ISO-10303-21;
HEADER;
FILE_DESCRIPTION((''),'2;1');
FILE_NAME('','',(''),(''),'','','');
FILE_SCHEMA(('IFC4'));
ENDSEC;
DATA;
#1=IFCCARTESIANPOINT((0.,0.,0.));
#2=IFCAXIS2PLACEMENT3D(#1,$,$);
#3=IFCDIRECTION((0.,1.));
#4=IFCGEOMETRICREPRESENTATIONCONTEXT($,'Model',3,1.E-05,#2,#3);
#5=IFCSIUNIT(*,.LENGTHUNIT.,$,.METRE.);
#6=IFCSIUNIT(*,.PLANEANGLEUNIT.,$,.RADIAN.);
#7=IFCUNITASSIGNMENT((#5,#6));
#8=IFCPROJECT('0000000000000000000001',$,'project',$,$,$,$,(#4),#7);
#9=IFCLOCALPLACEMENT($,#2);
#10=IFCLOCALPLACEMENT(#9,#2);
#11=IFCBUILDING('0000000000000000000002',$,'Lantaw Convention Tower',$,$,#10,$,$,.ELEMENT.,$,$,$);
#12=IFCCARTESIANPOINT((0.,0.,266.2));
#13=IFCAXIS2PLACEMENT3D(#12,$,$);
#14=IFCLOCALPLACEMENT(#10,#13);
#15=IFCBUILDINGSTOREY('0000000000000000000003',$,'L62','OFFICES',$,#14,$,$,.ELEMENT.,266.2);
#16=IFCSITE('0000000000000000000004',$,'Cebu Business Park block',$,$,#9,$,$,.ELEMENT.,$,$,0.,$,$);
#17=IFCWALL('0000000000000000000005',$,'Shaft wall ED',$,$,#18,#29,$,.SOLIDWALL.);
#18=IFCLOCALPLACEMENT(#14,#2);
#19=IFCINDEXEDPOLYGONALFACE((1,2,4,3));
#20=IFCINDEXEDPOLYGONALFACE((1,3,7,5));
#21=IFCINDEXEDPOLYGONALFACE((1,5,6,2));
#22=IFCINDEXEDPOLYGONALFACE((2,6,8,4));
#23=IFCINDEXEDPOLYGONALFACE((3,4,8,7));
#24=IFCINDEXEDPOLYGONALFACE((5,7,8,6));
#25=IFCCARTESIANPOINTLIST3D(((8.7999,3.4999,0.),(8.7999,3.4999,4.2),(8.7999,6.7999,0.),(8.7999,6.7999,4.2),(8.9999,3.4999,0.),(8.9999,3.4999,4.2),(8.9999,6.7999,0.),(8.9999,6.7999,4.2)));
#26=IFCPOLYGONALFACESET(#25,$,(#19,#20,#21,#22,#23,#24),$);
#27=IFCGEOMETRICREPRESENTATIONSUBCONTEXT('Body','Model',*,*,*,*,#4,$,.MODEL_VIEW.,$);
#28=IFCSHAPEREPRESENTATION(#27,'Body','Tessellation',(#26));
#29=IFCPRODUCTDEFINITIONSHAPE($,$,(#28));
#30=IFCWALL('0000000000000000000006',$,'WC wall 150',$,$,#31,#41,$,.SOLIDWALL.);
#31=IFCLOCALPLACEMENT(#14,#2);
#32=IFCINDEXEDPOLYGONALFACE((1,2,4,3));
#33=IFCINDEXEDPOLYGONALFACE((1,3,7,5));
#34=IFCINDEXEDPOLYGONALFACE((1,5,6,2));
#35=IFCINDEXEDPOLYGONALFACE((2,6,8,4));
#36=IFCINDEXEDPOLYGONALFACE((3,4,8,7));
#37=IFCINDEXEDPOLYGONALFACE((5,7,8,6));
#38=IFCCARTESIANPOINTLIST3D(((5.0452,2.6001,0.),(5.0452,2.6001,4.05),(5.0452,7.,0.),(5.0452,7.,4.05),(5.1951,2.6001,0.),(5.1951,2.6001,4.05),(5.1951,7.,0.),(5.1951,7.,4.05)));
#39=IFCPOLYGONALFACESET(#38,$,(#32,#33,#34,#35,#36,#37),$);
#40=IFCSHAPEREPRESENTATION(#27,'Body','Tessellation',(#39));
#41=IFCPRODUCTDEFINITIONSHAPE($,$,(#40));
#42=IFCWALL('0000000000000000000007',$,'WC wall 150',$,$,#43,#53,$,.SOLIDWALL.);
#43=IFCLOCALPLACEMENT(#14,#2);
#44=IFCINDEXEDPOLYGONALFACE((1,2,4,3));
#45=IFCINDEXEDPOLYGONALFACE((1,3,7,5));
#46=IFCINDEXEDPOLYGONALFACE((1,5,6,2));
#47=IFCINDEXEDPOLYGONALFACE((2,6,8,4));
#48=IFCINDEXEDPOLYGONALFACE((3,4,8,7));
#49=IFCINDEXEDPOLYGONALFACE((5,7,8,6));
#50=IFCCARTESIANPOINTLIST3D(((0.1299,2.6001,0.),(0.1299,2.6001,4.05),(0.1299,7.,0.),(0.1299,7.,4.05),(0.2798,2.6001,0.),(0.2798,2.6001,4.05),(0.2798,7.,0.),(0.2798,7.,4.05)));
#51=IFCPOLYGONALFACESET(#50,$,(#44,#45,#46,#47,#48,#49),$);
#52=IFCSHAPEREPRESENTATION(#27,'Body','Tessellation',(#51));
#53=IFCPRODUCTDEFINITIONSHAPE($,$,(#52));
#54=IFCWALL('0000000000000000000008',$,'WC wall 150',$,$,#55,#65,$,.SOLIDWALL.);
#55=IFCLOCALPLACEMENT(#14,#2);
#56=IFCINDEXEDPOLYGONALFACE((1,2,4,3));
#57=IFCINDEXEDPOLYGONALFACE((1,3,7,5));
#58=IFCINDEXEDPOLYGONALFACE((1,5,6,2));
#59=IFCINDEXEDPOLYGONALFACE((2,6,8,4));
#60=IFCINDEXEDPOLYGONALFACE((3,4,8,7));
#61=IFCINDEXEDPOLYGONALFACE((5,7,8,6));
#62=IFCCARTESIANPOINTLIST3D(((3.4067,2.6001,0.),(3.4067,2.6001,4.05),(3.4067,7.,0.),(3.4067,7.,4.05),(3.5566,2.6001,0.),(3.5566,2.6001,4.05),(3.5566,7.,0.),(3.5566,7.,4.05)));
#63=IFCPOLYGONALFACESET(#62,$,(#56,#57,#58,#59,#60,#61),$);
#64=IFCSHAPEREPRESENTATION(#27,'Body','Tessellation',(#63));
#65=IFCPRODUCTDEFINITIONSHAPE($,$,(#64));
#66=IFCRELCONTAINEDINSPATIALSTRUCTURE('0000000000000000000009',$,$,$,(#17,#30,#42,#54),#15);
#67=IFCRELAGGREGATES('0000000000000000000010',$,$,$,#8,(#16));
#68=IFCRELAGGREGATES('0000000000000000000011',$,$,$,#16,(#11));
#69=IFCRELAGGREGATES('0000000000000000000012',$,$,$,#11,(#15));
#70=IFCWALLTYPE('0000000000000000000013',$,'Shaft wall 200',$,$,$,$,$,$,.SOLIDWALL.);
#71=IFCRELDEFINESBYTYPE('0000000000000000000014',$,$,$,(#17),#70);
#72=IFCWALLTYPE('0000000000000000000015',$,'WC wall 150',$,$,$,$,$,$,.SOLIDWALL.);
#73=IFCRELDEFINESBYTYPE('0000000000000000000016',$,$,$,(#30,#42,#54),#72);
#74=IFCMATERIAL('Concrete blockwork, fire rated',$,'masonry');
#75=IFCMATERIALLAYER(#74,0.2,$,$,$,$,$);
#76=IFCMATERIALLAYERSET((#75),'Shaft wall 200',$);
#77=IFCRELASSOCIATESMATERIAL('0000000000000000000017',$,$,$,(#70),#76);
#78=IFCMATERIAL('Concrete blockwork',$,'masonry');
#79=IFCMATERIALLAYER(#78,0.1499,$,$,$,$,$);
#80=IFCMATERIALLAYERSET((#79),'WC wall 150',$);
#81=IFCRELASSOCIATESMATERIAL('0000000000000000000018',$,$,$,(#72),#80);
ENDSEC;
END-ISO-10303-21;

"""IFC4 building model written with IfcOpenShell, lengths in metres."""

from ifc_helpers import new_model, si_unit, direction, frame, frame_2d, origin, place, context, subcontext, project, spatial, rectangle, extrude, material, layer, layer_set, type_object, element, save


model = new_model("IFC4")

# Units and contexts
model_context = context("Model", 3, precision=1e-05, world=origin(), true_north=direction((0.0, 1.0)))
body_context = subcontext(model_context, "Body", "Model", "MODEL_VIEW")
ifc_project = project(units=[si_unit("LENGTHUNIT", "METRE"), si_unit("PLANEANGLEUNIT", "RADIAN")], contexts=[model_context])

# Site, building, storey
site_placement = place(None, origin())
site = spatial("IfcSite", under=ifc_project, at=site_placement, Name="Cebu Business Park block", CompositionType="ELEMENT", RefElevation=0.0)
building_placement = place(site_placement, origin())
building = spatial("IfcBuilding", under=site, at=building_placement, Name="Lantaw Convention Tower", CompositionType="ELEMENT")
storey_placement = place(building_placement, frame((0.0, 0.0, 266.2)))
storey = spatial("IfcBuildingStorey", under=building, at=storey_placement, Name="L62", Description="OFFICES", CompositionType="ELEMENT", Elevation=266.2)

# Shared definitions
ifc_material_1 = material(Name="Concrete blockwork, fire rated", Category="masonry")
ifc_layer_1 = layer(ifc_material_1, 0.2)
ifc_layer_set_1 = layer_set([ifc_layer_1], Name="Shaft wall 200")
wall_type_1 = type_object("IfcWallType", Name="Shaft wall 200", PredefinedType="SOLIDWALL", material=ifc_layer_set_1)

# Walls
wall_1_placement = place(storey_placement, frame((8.8999, 3.5, 0.0), z_axis=(0.0, 0.0, 1.0), x_axis=(0.0, 1.0, 0.0)))
element("IfcWall", 1, at=wall_1_placement, inside=storey, type_object=wall_type_1, Name="Shaft wall ED", PredefinedType="SOLIDWALL", context=body_context, shape_type="SweptSolid", body=[
    extrude(rectangle(XDim=3.3, YDim=0.2, at=frame_2d((1.6499, 0.0))), origin(), (0.0, 0.0, 1.0), 4.2),
])
ifc_material_2 = material(Name="Concrete blockwork", Category="masonry")
ifc_layer_2 = layer(ifc_material_2, 0.1499)
ifc_layer_set_2 = layer_set([ifc_layer_2], Name="WC wall 150")
wall_type_2 = type_object("IfcWallType", Name="WC wall 150", PredefinedType="SOLIDWALL", material=ifc_layer_set_2)
for number, where, z_axis, x_axis, name in (
    (2, (5.1201, 2.6001, 0.0), (0.0, 0.0, 1.0), (0.0, 1.0, 0.0), "WC wall 150"),
    (3, (0.2048, 2.6001, 0.0), (0.0, 0.0, 1.0), (0.0, 1.0, 0.0), "WC wall 150"),
    (4, (3.4817, 2.6001, 0.0), (0.0, 0.0, 1.0), (0.0, 1.0, 0.0), "WC wall 150"),
):
    element("IfcWall", number, at=place(storey_placement, frame(where, z_axis=z_axis, x_axis=x_axis)), inside=storey, type_object=wall_type_2, Name=name, PredefinedType="SOLIDWALL", context=body_context, shape_type="SweptSolid", body=[
        extrude(rectangle(XDim=4.3999, YDim=0.1499, at=frame_2d((2.2, 0.0))), origin(), (0.0, 0.0, 1.0), 4.05),
    ])

save(model, "model.ifc")
